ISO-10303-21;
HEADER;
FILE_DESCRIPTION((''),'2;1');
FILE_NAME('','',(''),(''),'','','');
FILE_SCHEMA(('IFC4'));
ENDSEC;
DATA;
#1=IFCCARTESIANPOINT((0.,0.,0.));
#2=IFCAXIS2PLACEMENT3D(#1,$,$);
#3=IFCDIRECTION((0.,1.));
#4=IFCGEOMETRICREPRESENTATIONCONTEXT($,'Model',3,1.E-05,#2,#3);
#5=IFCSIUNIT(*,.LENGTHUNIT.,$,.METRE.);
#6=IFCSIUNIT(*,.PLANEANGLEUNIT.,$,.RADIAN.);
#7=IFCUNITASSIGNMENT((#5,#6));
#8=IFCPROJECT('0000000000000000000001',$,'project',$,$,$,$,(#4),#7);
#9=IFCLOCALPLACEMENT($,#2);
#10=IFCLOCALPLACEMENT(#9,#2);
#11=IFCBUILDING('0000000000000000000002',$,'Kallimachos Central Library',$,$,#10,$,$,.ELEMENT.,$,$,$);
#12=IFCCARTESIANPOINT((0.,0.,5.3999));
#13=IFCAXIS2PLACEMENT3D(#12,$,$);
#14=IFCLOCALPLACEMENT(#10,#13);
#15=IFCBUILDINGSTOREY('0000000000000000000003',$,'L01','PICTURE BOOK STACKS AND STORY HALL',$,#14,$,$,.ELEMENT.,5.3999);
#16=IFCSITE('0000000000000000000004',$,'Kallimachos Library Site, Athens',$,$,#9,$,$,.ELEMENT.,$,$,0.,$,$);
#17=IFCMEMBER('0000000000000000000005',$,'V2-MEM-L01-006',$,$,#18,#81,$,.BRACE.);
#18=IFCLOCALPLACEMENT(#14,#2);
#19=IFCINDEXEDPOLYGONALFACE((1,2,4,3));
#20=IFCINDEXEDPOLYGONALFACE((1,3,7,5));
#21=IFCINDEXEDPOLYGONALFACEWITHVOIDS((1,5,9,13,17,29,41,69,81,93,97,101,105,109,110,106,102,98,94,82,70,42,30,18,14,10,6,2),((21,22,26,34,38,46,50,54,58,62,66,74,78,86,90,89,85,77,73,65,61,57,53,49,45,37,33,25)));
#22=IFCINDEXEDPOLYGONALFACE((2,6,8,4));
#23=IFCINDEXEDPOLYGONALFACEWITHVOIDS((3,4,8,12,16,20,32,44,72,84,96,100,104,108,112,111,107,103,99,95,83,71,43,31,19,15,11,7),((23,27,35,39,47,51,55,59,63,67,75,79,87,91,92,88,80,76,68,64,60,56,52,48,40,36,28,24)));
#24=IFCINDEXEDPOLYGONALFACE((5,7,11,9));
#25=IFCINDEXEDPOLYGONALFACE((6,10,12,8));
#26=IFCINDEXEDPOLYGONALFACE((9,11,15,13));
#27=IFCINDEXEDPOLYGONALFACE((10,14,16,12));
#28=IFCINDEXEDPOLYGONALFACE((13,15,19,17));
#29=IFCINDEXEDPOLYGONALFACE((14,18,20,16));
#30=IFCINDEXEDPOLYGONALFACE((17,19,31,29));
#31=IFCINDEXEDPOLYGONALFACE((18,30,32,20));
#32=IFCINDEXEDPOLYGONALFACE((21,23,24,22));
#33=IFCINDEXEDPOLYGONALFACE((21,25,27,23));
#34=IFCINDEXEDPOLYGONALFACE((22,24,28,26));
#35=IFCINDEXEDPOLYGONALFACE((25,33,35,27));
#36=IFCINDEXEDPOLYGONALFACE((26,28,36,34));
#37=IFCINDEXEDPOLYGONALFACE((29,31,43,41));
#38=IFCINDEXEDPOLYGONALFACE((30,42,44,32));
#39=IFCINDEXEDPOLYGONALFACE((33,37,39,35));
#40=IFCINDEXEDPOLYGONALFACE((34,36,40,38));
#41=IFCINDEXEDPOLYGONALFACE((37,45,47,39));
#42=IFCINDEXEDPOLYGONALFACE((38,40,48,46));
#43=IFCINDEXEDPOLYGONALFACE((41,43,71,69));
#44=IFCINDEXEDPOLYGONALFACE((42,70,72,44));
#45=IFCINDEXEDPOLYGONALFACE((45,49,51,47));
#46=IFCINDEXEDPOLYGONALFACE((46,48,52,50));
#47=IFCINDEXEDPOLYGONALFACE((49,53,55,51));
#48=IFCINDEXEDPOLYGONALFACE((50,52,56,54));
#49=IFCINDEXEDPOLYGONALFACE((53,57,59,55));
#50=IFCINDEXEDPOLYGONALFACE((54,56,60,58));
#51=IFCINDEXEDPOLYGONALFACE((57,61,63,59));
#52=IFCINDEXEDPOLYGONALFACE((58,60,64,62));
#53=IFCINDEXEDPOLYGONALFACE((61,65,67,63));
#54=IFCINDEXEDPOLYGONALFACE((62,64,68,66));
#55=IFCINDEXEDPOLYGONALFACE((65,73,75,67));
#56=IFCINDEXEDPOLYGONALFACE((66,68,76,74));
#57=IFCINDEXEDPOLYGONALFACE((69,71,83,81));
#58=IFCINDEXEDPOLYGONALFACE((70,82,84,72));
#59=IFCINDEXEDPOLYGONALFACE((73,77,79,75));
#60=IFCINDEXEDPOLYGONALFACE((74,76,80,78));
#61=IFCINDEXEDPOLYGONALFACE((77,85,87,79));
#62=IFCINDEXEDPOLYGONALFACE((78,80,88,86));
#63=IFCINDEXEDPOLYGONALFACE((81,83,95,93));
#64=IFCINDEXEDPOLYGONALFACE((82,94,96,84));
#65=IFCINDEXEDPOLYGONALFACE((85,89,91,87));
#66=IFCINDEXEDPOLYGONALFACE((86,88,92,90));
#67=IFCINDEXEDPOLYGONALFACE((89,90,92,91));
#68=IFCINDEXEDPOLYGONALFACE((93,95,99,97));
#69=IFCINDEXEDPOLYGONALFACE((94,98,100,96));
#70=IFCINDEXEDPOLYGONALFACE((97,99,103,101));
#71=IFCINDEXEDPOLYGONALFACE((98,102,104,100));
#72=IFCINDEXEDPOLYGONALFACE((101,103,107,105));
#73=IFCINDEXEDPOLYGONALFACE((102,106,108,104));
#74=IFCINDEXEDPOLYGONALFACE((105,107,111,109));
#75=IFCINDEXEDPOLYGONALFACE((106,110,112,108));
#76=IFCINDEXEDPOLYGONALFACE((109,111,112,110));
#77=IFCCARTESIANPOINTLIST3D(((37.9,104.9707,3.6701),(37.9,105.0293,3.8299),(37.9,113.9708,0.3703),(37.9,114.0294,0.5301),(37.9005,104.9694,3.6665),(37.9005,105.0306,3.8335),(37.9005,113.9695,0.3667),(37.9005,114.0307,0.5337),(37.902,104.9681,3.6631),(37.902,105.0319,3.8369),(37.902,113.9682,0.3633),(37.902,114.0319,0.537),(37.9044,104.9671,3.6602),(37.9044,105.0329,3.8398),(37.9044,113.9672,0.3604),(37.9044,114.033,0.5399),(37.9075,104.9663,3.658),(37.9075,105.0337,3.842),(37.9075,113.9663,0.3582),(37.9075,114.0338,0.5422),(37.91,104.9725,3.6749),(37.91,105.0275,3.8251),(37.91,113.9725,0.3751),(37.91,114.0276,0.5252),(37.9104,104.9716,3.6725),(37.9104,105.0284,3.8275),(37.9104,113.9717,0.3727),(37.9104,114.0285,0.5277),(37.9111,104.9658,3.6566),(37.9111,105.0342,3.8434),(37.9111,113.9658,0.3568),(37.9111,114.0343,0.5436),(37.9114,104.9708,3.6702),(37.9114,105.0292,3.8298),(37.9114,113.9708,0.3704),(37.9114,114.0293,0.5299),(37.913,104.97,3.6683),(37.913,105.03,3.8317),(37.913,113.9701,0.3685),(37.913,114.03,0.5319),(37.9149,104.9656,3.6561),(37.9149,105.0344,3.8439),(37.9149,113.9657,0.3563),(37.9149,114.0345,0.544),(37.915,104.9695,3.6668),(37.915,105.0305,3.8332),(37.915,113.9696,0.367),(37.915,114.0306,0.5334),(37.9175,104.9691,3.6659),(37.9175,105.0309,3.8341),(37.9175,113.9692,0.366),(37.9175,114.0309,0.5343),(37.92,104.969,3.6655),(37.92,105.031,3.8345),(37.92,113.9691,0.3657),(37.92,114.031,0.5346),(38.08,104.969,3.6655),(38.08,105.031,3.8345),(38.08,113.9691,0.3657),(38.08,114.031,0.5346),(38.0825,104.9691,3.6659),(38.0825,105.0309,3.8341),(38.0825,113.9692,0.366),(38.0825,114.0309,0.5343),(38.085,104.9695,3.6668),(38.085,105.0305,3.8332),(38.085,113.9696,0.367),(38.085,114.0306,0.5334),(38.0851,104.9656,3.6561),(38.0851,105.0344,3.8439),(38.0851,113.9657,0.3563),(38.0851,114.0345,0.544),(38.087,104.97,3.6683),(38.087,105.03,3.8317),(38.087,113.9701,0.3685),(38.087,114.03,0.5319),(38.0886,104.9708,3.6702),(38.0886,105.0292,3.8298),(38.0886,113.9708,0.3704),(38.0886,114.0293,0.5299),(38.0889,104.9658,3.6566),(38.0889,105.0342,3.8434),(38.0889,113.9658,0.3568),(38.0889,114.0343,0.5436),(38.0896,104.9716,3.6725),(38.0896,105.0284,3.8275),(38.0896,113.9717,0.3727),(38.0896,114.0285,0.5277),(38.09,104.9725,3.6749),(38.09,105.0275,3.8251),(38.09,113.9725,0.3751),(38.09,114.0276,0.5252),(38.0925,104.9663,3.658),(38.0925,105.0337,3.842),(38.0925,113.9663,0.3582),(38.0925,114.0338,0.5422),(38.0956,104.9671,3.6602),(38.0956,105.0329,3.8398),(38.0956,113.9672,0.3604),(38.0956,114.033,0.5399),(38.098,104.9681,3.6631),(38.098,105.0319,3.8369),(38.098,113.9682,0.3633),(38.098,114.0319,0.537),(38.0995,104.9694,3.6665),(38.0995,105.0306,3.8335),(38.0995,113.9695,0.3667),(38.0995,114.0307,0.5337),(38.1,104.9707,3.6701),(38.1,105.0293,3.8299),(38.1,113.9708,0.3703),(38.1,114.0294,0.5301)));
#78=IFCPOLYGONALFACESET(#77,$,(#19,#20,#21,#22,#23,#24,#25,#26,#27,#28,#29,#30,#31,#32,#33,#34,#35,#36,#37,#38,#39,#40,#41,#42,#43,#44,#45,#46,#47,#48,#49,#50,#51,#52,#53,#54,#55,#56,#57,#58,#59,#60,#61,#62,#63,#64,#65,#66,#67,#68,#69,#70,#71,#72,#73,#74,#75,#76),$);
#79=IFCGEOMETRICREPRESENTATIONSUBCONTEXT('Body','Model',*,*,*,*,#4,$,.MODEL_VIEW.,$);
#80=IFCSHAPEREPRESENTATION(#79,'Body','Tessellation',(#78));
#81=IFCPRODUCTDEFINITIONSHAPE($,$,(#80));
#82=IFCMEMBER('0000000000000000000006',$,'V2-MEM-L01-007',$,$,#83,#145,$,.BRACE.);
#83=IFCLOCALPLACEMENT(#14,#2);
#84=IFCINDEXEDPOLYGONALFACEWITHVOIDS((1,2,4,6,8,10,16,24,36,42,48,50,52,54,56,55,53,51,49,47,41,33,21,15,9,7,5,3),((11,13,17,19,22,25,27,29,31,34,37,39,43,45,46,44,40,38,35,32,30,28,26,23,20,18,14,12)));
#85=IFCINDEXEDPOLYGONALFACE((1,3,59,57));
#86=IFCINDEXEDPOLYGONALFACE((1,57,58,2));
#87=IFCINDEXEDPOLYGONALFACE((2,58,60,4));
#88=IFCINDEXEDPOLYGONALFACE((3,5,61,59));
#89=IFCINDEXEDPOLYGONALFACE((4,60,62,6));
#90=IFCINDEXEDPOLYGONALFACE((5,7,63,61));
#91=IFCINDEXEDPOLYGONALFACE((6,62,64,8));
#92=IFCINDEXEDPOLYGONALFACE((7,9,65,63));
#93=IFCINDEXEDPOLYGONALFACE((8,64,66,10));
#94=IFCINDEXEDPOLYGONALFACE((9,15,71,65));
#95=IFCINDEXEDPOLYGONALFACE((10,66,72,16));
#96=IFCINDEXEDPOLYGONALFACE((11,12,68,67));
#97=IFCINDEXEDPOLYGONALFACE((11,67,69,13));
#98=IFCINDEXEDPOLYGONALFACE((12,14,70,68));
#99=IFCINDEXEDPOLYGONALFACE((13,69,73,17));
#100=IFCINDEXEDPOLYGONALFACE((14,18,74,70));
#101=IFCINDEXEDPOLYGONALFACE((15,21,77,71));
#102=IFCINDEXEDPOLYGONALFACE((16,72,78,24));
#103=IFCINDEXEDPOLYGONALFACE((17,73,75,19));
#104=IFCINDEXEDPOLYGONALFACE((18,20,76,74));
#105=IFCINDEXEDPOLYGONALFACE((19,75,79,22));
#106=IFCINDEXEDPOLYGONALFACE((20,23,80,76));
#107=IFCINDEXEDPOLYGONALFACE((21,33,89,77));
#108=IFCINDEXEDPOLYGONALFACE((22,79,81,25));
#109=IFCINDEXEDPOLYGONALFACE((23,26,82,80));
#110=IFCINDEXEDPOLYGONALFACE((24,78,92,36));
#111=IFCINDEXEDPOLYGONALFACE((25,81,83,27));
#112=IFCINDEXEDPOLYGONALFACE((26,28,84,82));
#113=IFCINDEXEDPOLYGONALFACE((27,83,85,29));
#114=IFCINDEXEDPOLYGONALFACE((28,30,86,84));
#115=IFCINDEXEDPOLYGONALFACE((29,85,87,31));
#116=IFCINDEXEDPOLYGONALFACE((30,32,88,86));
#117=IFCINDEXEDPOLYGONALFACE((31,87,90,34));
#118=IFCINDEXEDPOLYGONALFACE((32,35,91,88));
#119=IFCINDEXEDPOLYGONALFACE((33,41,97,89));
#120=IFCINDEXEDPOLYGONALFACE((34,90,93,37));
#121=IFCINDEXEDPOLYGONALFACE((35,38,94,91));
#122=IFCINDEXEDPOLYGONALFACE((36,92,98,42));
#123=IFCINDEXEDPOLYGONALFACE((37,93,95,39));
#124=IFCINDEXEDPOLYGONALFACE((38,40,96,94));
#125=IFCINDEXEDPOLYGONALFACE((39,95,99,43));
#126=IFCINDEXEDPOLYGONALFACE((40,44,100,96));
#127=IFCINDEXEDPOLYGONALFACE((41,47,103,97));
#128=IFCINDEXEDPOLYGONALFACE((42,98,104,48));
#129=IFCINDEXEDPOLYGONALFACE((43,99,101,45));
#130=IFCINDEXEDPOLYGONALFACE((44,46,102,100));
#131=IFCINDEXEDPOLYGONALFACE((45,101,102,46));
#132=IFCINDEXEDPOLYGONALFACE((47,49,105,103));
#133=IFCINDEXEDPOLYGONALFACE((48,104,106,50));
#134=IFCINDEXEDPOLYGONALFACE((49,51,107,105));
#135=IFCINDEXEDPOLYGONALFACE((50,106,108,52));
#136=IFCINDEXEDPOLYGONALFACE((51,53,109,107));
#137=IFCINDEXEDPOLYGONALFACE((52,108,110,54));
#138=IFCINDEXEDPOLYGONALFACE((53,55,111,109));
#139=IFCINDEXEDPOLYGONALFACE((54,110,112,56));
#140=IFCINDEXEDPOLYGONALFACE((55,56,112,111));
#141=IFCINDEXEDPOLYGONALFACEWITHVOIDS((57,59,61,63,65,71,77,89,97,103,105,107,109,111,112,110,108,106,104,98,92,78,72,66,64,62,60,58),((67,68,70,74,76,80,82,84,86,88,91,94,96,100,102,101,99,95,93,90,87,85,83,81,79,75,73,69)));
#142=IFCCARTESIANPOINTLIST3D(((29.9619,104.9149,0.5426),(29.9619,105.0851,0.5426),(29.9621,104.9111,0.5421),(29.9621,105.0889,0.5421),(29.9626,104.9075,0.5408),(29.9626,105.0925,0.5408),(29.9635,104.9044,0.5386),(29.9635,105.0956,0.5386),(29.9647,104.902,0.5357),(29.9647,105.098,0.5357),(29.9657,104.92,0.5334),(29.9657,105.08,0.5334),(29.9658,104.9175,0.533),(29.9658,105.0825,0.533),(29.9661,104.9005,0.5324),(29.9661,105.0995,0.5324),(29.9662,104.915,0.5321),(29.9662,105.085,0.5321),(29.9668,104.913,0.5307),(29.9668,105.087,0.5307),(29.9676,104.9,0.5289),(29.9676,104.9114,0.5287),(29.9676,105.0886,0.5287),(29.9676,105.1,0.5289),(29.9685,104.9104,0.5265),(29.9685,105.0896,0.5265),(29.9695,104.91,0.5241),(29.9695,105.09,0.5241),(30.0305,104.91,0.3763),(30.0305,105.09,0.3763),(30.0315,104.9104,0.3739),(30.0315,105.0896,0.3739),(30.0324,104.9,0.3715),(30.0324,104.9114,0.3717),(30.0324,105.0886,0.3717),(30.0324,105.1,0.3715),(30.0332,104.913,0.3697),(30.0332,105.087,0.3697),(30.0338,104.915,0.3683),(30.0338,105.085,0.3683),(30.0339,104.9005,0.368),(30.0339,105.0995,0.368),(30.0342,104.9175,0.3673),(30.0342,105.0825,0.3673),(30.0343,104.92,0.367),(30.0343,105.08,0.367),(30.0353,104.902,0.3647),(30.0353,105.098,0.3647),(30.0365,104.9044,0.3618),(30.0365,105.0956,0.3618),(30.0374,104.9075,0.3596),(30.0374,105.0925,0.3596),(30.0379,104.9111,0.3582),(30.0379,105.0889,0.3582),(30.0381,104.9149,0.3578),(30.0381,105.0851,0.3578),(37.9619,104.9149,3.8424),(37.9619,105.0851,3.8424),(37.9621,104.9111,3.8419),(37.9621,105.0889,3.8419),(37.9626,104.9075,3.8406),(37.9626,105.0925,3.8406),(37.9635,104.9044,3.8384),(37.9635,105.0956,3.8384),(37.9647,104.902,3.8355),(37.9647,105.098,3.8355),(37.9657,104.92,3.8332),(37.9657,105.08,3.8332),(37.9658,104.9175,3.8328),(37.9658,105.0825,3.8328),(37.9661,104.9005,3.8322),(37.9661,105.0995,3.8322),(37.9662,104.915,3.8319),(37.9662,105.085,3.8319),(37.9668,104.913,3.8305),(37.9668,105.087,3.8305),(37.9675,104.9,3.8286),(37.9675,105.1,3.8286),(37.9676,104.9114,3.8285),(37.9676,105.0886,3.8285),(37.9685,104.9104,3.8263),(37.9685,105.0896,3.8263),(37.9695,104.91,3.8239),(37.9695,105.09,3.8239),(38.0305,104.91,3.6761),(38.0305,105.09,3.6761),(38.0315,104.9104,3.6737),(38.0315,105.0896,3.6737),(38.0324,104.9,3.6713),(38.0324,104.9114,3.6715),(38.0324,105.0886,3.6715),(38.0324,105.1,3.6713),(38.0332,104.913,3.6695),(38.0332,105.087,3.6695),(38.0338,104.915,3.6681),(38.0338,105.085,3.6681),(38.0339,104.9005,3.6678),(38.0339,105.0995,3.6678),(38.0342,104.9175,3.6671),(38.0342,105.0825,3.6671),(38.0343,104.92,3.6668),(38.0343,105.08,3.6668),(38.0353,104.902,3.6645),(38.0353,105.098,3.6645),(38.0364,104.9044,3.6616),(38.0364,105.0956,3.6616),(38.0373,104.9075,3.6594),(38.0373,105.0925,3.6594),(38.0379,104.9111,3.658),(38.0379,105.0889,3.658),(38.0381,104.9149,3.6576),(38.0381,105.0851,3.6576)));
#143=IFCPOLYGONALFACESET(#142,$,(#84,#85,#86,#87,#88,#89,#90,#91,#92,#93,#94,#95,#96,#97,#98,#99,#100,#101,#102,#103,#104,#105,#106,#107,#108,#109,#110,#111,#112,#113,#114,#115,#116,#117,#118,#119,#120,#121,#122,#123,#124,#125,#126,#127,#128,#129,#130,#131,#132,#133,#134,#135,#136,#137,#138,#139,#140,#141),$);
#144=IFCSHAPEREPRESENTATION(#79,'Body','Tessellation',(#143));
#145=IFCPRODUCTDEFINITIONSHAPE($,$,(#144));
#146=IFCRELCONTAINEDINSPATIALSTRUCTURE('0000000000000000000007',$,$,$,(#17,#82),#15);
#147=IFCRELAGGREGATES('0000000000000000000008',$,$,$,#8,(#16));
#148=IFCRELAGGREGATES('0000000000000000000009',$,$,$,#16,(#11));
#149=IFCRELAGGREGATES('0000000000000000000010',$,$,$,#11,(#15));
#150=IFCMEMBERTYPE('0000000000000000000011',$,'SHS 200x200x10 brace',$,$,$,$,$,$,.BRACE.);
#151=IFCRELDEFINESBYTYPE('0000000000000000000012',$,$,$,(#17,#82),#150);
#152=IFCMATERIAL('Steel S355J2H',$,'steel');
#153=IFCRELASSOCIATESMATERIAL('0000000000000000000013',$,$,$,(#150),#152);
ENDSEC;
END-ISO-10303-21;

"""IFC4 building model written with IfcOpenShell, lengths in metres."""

from ifc_helpers import new_model, si_unit, direction, frame, origin, origin_2d, place, context, subcontext, project, spatial, hollow_rectangle, extrude, material, material_profile, profile_set, type_object, element, save


model = new_model("IFC4")

# Units and contexts
model_context = context("Model", 3, precision=1e-05, world=origin(), true_north=direction((0.0, 1.0)))
body_context = subcontext(model_context, "Body", "Model", "MODEL_VIEW")
ifc_project = project(units=[si_unit("LENGTHUNIT", "METRE"), si_unit("PLANEANGLEUNIT", "RADIAN")], contexts=[model_context])

# Site, building, storey
site_placement = place(None, origin())
site = spatial("IfcSite", under=ifc_project, at=site_placement, Name="Kallimachos Library Site, Athens", CompositionType="ELEMENT", RefElevation=0.0)
building_placement = place(site_placement, origin())
building = spatial("IfcBuilding", under=site, at=building_placement, Name="Kallimachos Central Library", CompositionType="ELEMENT")
storey_placement = place(building_placement, frame((0.0, 0.0, 5.3999)))
storey = spatial("IfcBuildingStorey", under=building, at=storey_placement, Name="L01", Description="PICTURE BOOK STACKS AND STORY HALL", CompositionType="ELEMENT", Elevation=5.3999)

# Members
ifc_material_1 = material(Name="Steel S355J2H", Category="steel")
ifc_material_profile_1 = material_profile(ifc_material_1, hollow_rectangle(XDim=0.2, YDim=0.2, WallThickness=0.01, InnerFilletRadius=0.01, OuterFilletRadius=0.0149, at=origin_2d()), Name="SHS 200x200x10")
ifc_profile_set_1 = profile_set([ifc_material_profile_1], Name="Steel S355J2H")
member_type = type_object("IfcMemberType", Name="SHS 200x200x10 brace", PredefinedType="BRACE", material=ifc_profile_set_1)
for number, where, z_axis, x_axis, name in (
    (1, (38.0, 105.0, 3.75), (0.0, 0.938883, -0.344237), (-1.0, 0.0, 0.0), "V2-MEM-L01-006"),
):
    element("IfcMember", number, at=place(storey_placement, frame(where, z_axis=z_axis, x_axis=x_axis)), inside=storey, type_object=member_type, Name=name, PredefinedType="BRACE", context=body_context, shape_type="SweptSolid", body=[
        extrude(hollow_rectangle(XDim=0.2, YDim=0.2, WallThickness=0.01, InnerFilletRadius=0.01, OuterFilletRadius=0.0149, at=origin_2d()), origin(), (0.0, 0.0, 1.0), 9.5859),
    ])
for number, where, z_axis, x_axis, name in (
    (2, (30.0, 105.0, 0.4502), (0.924447, 0.0, 0.381312), (0.0, 1.0, 0.0), "V2-MEM-L01-007"),
):
    element("IfcMember", number, at=place(storey_placement, frame(where, z_axis=z_axis, x_axis=x_axis)), inside=storey, type_object=member_type, Name=name, PredefinedType="BRACE", context=body_context, shape_type="SweptSolid", body=[
        extrude(hollow_rectangle(XDim=0.2, YDim=0.2, WallThickness=0.01, InnerFilletRadius=0.01, OuterFilletRadius=0.0149, at=origin_2d()), origin(), (0.0, 0.0, 1.0), 8.6538),
    ])

save(model, "model.ifc")
